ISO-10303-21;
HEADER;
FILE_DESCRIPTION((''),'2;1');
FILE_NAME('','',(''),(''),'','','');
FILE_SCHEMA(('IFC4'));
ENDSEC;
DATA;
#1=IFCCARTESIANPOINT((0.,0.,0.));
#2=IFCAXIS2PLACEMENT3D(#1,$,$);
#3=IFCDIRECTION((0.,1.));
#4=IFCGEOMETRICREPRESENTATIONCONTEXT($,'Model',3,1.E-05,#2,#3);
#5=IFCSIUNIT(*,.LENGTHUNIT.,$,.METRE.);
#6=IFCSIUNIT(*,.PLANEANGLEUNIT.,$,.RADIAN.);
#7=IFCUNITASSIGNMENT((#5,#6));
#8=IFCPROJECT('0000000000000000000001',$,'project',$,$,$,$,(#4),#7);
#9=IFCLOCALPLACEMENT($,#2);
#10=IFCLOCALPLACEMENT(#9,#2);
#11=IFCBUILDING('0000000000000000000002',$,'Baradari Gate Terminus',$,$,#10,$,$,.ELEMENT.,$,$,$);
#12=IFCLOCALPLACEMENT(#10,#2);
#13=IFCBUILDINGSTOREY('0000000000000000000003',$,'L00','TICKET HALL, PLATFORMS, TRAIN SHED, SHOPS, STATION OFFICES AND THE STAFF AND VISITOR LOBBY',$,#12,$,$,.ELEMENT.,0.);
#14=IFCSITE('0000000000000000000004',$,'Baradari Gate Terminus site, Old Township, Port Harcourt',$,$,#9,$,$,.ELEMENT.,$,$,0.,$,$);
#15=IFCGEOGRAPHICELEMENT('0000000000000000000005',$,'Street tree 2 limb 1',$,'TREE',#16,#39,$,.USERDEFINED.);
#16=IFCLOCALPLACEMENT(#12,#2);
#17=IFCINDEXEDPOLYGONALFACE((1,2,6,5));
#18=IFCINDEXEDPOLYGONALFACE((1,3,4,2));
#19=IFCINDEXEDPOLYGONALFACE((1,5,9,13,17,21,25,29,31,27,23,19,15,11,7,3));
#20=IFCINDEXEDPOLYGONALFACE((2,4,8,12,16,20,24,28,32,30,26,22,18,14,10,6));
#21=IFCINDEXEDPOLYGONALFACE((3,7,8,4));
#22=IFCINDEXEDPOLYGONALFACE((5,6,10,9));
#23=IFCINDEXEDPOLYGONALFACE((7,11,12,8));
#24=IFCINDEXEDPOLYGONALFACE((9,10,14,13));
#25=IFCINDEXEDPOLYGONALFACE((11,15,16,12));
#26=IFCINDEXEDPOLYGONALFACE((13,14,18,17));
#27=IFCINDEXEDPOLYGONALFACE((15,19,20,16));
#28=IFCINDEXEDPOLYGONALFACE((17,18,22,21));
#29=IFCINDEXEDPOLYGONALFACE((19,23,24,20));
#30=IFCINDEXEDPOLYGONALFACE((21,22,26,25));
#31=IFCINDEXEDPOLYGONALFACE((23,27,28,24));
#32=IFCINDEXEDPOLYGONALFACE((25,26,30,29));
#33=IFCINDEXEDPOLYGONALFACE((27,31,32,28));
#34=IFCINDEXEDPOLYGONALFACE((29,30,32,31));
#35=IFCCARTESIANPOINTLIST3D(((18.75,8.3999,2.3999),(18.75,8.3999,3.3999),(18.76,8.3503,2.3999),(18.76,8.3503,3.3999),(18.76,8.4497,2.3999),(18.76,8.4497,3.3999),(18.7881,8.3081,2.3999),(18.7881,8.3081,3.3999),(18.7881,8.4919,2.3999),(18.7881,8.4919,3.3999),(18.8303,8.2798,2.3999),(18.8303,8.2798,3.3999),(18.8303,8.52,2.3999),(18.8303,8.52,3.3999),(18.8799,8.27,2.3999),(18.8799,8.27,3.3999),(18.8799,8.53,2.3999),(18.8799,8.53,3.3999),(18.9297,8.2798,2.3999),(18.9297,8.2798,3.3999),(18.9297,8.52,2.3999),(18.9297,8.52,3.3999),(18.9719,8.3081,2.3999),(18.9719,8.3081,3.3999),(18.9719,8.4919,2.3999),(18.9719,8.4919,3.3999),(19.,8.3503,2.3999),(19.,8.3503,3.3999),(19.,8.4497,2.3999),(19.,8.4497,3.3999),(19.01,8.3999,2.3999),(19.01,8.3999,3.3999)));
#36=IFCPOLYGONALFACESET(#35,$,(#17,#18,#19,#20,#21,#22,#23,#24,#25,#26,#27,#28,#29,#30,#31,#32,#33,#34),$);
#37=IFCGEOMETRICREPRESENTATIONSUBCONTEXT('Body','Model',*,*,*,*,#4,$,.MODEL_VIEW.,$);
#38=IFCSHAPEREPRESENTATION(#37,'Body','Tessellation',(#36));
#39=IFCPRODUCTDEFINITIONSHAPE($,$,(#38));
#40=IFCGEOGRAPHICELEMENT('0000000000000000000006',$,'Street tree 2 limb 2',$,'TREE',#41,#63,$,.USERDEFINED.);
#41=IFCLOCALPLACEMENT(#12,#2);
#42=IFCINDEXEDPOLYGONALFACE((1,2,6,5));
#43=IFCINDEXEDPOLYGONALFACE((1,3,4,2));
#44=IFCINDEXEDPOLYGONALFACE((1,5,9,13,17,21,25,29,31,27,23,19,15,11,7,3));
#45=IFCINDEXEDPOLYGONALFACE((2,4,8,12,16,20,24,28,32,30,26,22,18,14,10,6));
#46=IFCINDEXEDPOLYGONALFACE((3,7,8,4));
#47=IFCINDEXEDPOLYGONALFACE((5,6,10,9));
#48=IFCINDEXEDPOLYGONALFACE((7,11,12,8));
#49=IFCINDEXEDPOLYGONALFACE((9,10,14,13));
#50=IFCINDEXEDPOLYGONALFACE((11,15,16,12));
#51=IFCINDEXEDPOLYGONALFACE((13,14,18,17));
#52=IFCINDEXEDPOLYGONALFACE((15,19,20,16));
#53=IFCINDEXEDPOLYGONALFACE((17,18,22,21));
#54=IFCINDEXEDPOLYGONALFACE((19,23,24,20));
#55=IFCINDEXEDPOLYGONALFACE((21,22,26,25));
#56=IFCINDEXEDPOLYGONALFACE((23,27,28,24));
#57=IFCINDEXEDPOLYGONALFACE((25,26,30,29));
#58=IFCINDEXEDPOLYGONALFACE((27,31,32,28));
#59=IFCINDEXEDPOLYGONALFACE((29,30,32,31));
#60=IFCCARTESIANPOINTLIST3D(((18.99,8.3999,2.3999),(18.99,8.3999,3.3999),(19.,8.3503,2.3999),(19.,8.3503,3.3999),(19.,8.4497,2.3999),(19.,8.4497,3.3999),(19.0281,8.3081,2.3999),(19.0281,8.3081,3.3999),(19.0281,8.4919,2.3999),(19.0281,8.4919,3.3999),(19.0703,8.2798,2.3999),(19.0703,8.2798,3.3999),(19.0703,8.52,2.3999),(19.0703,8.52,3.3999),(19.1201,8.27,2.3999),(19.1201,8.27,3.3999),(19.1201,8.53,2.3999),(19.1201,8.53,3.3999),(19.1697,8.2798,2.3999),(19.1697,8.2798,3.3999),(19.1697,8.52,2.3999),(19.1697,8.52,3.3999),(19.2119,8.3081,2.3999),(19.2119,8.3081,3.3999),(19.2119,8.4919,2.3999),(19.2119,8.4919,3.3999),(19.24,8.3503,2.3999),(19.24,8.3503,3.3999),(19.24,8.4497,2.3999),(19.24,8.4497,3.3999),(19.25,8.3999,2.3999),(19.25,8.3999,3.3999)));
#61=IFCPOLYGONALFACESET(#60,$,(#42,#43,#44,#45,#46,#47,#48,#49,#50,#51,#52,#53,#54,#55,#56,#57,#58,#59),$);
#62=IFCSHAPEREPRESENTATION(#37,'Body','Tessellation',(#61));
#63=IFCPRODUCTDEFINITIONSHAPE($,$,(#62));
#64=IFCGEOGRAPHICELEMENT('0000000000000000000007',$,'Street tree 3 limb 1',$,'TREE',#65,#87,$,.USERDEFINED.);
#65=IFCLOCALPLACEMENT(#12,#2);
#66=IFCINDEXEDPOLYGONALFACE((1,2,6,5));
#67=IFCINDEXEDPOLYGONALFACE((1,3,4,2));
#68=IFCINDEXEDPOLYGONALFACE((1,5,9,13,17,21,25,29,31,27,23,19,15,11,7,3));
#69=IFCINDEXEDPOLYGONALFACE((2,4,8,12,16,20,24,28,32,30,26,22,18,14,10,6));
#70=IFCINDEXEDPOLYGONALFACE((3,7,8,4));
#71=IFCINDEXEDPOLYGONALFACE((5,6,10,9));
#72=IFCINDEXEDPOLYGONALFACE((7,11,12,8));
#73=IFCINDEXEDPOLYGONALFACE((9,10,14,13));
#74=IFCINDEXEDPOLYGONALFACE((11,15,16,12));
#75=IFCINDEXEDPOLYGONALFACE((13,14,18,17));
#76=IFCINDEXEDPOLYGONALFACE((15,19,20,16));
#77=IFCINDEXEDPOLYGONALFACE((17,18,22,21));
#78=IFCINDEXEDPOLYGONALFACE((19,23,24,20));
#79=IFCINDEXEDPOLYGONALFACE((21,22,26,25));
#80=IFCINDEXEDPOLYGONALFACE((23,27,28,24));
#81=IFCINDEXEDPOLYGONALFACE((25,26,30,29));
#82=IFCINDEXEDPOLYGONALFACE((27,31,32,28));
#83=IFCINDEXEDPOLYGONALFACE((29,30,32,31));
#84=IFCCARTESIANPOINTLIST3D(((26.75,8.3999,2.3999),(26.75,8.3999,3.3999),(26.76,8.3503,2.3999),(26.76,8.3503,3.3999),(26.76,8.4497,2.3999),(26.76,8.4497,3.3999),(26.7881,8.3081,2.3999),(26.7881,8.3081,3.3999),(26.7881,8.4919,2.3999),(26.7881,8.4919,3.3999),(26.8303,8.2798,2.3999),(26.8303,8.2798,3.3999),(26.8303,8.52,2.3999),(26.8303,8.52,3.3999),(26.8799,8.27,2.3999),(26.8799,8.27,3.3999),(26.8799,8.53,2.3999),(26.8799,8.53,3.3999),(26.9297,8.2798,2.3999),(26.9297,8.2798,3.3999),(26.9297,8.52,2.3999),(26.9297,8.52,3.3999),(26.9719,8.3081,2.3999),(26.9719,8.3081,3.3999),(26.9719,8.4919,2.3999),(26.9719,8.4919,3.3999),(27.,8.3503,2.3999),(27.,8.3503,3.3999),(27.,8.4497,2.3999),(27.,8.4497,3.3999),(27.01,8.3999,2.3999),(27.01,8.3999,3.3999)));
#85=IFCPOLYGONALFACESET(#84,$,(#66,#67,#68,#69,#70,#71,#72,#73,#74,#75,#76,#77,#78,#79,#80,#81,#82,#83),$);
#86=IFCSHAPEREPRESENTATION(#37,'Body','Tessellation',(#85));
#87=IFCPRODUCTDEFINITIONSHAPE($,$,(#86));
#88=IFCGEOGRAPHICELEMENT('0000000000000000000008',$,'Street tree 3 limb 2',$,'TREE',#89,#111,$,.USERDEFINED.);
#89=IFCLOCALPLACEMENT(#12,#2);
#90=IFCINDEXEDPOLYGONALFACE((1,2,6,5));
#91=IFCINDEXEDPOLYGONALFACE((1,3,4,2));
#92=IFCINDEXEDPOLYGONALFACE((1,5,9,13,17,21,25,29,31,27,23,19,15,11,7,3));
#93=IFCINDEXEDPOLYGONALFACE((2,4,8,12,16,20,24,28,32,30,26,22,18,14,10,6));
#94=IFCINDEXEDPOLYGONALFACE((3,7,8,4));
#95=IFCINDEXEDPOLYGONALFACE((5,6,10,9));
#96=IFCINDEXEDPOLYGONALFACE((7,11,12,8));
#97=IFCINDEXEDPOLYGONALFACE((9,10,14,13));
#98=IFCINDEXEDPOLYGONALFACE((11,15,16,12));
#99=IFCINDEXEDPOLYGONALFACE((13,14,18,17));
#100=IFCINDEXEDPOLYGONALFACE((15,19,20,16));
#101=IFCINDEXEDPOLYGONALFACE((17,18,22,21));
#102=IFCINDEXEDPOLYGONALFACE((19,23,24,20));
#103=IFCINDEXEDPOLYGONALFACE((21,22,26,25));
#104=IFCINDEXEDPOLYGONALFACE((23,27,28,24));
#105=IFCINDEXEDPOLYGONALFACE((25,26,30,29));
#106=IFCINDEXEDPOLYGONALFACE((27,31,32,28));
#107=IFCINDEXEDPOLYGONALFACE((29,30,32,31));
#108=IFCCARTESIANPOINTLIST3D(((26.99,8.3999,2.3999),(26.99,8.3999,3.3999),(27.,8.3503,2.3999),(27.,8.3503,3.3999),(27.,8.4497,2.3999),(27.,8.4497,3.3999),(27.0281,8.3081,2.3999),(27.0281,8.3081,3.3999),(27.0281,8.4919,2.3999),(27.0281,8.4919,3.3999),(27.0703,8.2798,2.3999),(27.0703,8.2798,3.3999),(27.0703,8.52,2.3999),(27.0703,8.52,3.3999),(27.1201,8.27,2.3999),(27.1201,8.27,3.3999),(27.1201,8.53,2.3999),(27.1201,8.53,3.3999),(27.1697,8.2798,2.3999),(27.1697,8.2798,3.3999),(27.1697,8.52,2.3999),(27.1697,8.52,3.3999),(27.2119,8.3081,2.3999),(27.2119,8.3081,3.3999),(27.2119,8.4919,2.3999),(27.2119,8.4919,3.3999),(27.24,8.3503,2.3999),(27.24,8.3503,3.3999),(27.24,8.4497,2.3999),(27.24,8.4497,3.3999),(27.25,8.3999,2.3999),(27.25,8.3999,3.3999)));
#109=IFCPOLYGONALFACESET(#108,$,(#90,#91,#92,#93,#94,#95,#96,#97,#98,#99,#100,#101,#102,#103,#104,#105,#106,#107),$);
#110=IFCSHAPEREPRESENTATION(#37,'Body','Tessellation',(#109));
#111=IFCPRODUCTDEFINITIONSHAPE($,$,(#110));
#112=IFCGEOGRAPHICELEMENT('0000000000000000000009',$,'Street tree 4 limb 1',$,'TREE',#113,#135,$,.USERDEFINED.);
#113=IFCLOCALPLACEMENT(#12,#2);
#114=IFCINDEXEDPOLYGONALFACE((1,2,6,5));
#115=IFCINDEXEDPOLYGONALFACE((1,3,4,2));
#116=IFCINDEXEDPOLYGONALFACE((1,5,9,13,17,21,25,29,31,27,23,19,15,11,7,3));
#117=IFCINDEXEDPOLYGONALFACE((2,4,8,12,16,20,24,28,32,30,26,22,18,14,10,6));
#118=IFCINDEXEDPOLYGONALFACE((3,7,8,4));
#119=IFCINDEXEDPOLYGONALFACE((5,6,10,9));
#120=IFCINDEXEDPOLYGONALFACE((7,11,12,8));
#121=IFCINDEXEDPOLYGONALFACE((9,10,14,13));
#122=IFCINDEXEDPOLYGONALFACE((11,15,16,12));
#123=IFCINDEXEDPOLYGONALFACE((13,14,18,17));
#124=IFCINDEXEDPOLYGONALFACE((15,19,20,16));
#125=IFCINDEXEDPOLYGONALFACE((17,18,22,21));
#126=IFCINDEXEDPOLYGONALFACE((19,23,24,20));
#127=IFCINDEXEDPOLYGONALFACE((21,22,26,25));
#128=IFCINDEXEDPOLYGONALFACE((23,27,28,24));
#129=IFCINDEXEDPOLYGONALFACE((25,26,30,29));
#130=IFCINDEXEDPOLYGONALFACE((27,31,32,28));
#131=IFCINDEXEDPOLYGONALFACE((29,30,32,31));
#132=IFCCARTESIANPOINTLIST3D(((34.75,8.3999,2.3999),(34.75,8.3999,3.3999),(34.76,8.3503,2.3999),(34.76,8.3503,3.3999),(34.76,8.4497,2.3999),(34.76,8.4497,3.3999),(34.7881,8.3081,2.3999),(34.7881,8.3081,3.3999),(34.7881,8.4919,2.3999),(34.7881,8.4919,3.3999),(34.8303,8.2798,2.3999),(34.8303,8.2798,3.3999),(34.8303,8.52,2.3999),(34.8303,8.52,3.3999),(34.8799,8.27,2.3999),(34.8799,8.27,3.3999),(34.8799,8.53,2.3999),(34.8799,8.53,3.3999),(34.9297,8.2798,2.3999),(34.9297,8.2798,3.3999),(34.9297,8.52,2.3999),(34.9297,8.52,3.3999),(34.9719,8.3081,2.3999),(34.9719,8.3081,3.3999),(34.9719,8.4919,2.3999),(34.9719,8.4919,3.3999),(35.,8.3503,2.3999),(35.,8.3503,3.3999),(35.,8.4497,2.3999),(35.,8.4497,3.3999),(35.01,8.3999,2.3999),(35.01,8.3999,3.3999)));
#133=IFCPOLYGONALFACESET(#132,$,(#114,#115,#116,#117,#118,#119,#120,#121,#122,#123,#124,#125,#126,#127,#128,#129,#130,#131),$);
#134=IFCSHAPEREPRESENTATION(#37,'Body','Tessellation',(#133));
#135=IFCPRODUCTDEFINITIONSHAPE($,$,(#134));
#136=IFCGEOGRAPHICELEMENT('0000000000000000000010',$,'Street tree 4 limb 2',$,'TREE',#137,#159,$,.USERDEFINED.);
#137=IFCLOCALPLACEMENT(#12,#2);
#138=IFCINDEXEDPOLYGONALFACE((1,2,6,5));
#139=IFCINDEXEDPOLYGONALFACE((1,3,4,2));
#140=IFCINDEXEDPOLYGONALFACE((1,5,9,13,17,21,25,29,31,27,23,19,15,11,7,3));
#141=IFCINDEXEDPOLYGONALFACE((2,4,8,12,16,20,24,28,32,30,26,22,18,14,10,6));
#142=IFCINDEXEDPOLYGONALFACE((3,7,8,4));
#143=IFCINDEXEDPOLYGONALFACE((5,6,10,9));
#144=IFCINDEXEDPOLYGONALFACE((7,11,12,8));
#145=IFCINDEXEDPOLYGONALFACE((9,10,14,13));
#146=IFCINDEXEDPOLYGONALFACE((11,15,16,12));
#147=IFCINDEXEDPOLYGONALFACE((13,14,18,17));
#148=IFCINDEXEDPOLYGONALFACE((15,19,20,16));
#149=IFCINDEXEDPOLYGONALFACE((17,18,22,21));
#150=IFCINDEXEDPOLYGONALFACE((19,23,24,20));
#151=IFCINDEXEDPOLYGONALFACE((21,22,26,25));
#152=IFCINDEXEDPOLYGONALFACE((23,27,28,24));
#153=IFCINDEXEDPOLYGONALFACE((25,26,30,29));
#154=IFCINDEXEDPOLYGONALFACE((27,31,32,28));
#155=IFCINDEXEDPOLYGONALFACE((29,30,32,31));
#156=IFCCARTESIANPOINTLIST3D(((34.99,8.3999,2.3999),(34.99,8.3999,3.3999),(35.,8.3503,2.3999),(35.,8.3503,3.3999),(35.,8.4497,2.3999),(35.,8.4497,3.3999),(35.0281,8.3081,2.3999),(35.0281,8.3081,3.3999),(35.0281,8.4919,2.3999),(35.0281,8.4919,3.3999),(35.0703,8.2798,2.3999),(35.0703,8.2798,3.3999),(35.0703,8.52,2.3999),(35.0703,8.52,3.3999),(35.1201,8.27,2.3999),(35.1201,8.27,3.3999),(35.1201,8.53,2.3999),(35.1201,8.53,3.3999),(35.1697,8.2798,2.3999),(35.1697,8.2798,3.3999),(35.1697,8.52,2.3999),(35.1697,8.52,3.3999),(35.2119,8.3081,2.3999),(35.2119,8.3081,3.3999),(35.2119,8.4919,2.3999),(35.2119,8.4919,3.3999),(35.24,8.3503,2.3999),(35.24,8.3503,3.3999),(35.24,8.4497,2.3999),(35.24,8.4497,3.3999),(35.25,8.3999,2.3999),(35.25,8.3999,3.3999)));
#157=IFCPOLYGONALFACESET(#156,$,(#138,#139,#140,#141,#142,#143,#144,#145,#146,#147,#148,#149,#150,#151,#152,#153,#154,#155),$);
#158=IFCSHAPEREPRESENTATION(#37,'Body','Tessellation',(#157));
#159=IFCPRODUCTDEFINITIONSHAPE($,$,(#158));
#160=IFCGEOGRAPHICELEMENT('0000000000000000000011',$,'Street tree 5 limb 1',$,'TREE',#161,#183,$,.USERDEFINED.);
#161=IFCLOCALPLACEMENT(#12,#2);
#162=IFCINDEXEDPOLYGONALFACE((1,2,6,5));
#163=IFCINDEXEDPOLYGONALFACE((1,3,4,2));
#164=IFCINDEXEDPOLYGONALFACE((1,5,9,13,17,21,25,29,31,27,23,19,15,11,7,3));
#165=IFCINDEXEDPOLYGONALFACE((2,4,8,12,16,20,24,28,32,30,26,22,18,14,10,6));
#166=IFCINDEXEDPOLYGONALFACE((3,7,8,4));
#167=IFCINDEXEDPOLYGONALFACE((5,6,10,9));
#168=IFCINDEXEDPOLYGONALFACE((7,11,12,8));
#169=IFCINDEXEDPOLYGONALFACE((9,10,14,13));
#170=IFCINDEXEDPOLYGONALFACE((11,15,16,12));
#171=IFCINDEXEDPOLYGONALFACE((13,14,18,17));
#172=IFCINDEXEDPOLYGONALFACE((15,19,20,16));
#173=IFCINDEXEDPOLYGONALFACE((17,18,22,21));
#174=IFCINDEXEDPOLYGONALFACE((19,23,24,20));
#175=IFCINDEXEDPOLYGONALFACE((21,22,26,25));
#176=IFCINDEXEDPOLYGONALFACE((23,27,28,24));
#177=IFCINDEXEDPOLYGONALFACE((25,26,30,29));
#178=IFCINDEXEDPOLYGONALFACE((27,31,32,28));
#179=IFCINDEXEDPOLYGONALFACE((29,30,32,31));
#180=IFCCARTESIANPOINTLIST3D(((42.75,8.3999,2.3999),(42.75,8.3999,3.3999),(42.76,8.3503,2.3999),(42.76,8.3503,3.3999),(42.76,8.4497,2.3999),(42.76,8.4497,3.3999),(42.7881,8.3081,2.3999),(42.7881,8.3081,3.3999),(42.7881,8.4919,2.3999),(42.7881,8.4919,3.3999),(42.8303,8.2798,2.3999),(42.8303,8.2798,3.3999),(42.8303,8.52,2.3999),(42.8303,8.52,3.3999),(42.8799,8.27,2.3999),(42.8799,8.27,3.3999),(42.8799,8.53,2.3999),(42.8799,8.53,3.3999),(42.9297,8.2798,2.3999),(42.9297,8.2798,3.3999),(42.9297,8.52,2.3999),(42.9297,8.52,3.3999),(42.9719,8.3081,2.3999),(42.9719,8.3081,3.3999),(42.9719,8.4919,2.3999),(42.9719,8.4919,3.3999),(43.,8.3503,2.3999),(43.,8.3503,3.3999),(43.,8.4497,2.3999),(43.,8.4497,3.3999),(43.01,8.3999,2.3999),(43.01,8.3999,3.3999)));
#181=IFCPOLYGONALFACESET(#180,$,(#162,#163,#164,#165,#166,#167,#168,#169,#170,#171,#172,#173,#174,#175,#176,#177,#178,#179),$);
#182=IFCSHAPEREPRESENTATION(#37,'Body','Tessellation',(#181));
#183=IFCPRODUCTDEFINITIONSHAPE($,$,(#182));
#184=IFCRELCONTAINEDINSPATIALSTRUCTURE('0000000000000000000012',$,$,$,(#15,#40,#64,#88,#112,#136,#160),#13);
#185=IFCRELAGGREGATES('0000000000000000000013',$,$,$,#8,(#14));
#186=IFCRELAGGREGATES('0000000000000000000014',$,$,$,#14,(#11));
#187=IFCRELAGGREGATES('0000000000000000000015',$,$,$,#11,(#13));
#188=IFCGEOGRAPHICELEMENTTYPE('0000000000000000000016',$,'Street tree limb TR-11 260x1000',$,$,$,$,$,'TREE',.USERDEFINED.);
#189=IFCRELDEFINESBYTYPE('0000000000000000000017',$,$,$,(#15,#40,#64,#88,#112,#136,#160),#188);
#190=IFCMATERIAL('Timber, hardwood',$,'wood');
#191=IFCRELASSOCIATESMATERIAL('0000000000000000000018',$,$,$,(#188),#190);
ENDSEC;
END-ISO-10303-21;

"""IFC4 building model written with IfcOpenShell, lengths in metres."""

from ifc_helpers import new_model, si_unit, direction, frame, origin, place, context, subcontext, project, spatial, polyline, outline, extrude, material, type_object, element, save


model = new_model("IFC4")

# Units and contexts
model_context = context("Model", 3, precision=1e-05, world=origin(), true_north=direction((0.0, 1.0)))
body_context = subcontext(model_context, "Body", "Model", "MODEL_VIEW")
ifc_project = project(units=[si_unit("LENGTHUNIT", "METRE"), si_unit("PLANEANGLEUNIT", "RADIAN")], contexts=[model_context])

# Site, building, storey
site_placement = place(None, origin())
site = spatial("IfcSite", under=ifc_project, at=site_placement, Name="Baradari Gate Terminus site, Old Township, Port Harcourt", CompositionType="ELEMENT", RefElevation=0.0)
building_placement = place(site_placement, origin())
building = spatial("IfcBuilding", under=site, at=building_placement, Name="Baradari Gate Terminus", CompositionType="ELEMENT")
storey_placement = place(building_placement, origin())
storey = spatial("IfcBuildingStorey", under=building, at=storey_placement, Name="L00", Description="TICKET HALL, PLATFORMS, TRAIN SHED, SHOPS, STATION OFFICES AND THE STAFF AND VISITOR LOBBY", CompositionType="ELEMENT", Elevation=0.0)

# Geographic elements
ifc_material_1 = material(Name="Timber, hardwood", Category="wood")
geographic_element_type = type_object("IfcGeographicElementType", Name="Street tree limb TR-11 260x1000", ElementType="TREE", PredefinedType="USERDEFINED", material=ifc_material_1)
geographic_element_1_placement = place(storey_placement, frame((0.0, 0.0, 2.3999)))
element("IfcGeographicElement", 1, at=geographic_element_1_placement, inside=storey, type_object=geographic_element_type, Name="Street tree 2 limb 1", ObjectType="TREE", PredefinedType="USERDEFINED", context=body_context, shape_type="SweptSolid", body=[
    extrude(outline(polyline([(19.01, 8.3999), (19.0, 8.4497), (18.9719, 8.4919), (18.9297, 8.52), (18.8799, 8.53), (18.8303, 8.52), (18.7881, 8.4919), (18.76, 8.4497), (18.75, 8.3999), (18.76, 8.3503), (18.7881, 8.3081), (18.8303, 8.2798), (18.8799, 8.27), (18.9297, 8.2798), (18.9719, 8.3081), (19.0, 8.3503), (19.01, 8.3999)])), origin(), (0.0, 0.0, 1.0), 1.0),
])
geographic_element_2_placement = place(storey_placement, frame((0.0, 0.0, 2.3999)))
element("IfcGeographicElement", 2, at=geographic_element_2_placement, inside=storey, type_object=geographic_element_type, Name="Street tree 2 limb 2", ObjectType="TREE", PredefinedType="USERDEFINED", context=body_context, shape_type="SweptSolid", body=[
    extrude(outline(polyline([(19.25, 8.3999), (19.24, 8.4497), (19.2119, 8.4919), (19.1697, 8.52), (19.1201, 8.53), (19.0703, 8.52), (19.0281, 8.4919), (19.0, 8.4497), (18.99, 8.3999), (19.0, 8.3503), (19.0281, 8.3081), (19.0703, 8.2798), (19.1201, 8.27), (19.1697, 8.2798), (19.2119, 8.3081), (19.24, 8.3503), (19.25, 8.3999)])), origin(), (0.0, 0.0, 1.0), 1.0),
])
geographic_element_3_placement = place(storey_placement, frame((0.0, 0.0, 2.3999)))
element("IfcGeographicElement", 3, at=geographic_element_3_placement, inside=storey, type_object=geographic_element_type, Name="Street tree 3 limb 1", ObjectType="TREE", PredefinedType="USERDEFINED", context=body_context, shape_type="SweptSolid", body=[
    extrude(outline(polyline([(27.01, 8.3999), (27.0, 8.4497), (26.9719, 8.4919), (26.9297, 8.52), (26.8799, 8.53), (26.8303, 8.52), (26.7881, 8.4919), (26.76, 8.4497), (26.75, 8.3999), (26.76, 8.3503), (26.7881, 8.3081), (26.8303, 8.2798), (26.8799, 8.27), (26.9297, 8.2798), (26.9719, 8.3081), (27.0, 8.3503), (27.01, 8.3999)])), origin(), (0.0, 0.0, 1.0), 1.0),
])
geographic_element_4_placement = place(storey_placement, frame((0.0, 0.0, 2.3999)))
element("IfcGeographicElement", 4, at=geographic_element_4_placement, inside=storey, type_object=geographic_element_type, Name="Street tree 3 limb 2", ObjectType="TREE", PredefinedType="USERDEFINED", context=body_context, shape_type="SweptSolid", body=[
    extrude(outline(polyline([(27.25, 8.3999), (27.24, 8.4497), (27.2119, 8.4919), (27.1697, 8.52), (27.1201, 8.53), (27.0703, 8.52), (27.0281, 8.4919), (27.0, 8.4497), (26.99, 8.3999), (27.0, 8.3503), (27.0281, 8.3081), (27.0703, 8.2798), (27.1201, 8.27), (27.1697, 8.2798), (27.2119, 8.3081), (27.24, 8.3503), (27.25, 8.3999)])), origin(), (0.0, 0.0, 1.0), 1.0),
])
geographic_element_5_placement = place(storey_placement, frame((0.0, 0.0, 2.3999)))
element("IfcGeographicElement", 5, at=geographic_element_5_placement, inside=storey, type_object=geographic_element_type, Name="Street tree 4 limb 1", ObjectType="TREE", PredefinedType="USERDEFINED", context=body_context, shape_type="SweptSolid", body=[
    extrude(outline(polyline([(35.01, 8.3999), (35.0, 8.4497), (34.9719, 8.4919), (34.9297, 8.52), (34.8799, 8.53), (34.8303, 8.52), (34.7881, 8.4919), (34.76, 8.4497), (34.75, 8.3999), (34.76, 8.3503), (34.7881, 8.3081), (34.8303, 8.2798), (34.8799, 8.27), (34.9297, 8.2798), (34.9719, 8.3081), (35.0, 8.3503), (35.01, 8.3999)])), origin(), (0.0, 0.0, 1.0), 1.0),
])
geographic_element_6_placement = place(storey_placement, frame((0.0, 0.0, 2.3999)))
element("IfcGeographicElement", 6, at=geographic_element_6_placement, inside=storey, type_object=geographic_element_type, Name="Street tree 4 limb 2", ObjectType="TREE", PredefinedType="USERDEFINED", context=body_context, shape_type="SweptSolid", body=[
    extrude(outline(polyline([(35.25, 8.3999), (35.24, 8.4497), (35.2119, 8.4919), (35.1697, 8.52), (35.1201, 8.53), (35.0703, 8.52), (35.0281, 8.4919), (35.0, 8.4497), (34.99, 8.3999), (35.0, 8.3503), (35.0281, 8.3081), (35.0703, 8.2798), (35.1201, 8.27), (35.1697, 8.2798), (35.2119, 8.3081), (35.24, 8.3503), (35.25, 8.3999)])), origin(), (0.0, 0.0, 1.0), 1.0),
])
geographic_element_7_placement = place(storey_placement, frame((0.0, 0.0, 2.3999)))
element("IfcGeographicElement", 7, at=geographic_element_7_placement, inside=storey, type_object=geographic_element_type, Name="Street tree 5 limb 1", ObjectType="TREE", PredefinedType="USERDEFINED", context=body_context, shape_type="SweptSolid", body=[
    extrude(outline(polyline([(43.01, 8.3999), (43.0, 8.4497), (42.9719, 8.4919), (42.9297, 8.52), (42.8799, 8.53), (42.8303, 8.52), (42.7881, 8.4919), (42.76, 8.4497), (42.75, 8.3999), (42.76, 8.3503), (42.7881, 8.3081), (42.8303, 8.2798), (42.8799, 8.27), (42.9297, 8.2798), (42.9719, 8.3081), (43.0, 8.3503), (43.01, 8.3999)])), origin(), (0.0, 0.0, 1.0), 1.0),
])

save(model, "model.ifc")
